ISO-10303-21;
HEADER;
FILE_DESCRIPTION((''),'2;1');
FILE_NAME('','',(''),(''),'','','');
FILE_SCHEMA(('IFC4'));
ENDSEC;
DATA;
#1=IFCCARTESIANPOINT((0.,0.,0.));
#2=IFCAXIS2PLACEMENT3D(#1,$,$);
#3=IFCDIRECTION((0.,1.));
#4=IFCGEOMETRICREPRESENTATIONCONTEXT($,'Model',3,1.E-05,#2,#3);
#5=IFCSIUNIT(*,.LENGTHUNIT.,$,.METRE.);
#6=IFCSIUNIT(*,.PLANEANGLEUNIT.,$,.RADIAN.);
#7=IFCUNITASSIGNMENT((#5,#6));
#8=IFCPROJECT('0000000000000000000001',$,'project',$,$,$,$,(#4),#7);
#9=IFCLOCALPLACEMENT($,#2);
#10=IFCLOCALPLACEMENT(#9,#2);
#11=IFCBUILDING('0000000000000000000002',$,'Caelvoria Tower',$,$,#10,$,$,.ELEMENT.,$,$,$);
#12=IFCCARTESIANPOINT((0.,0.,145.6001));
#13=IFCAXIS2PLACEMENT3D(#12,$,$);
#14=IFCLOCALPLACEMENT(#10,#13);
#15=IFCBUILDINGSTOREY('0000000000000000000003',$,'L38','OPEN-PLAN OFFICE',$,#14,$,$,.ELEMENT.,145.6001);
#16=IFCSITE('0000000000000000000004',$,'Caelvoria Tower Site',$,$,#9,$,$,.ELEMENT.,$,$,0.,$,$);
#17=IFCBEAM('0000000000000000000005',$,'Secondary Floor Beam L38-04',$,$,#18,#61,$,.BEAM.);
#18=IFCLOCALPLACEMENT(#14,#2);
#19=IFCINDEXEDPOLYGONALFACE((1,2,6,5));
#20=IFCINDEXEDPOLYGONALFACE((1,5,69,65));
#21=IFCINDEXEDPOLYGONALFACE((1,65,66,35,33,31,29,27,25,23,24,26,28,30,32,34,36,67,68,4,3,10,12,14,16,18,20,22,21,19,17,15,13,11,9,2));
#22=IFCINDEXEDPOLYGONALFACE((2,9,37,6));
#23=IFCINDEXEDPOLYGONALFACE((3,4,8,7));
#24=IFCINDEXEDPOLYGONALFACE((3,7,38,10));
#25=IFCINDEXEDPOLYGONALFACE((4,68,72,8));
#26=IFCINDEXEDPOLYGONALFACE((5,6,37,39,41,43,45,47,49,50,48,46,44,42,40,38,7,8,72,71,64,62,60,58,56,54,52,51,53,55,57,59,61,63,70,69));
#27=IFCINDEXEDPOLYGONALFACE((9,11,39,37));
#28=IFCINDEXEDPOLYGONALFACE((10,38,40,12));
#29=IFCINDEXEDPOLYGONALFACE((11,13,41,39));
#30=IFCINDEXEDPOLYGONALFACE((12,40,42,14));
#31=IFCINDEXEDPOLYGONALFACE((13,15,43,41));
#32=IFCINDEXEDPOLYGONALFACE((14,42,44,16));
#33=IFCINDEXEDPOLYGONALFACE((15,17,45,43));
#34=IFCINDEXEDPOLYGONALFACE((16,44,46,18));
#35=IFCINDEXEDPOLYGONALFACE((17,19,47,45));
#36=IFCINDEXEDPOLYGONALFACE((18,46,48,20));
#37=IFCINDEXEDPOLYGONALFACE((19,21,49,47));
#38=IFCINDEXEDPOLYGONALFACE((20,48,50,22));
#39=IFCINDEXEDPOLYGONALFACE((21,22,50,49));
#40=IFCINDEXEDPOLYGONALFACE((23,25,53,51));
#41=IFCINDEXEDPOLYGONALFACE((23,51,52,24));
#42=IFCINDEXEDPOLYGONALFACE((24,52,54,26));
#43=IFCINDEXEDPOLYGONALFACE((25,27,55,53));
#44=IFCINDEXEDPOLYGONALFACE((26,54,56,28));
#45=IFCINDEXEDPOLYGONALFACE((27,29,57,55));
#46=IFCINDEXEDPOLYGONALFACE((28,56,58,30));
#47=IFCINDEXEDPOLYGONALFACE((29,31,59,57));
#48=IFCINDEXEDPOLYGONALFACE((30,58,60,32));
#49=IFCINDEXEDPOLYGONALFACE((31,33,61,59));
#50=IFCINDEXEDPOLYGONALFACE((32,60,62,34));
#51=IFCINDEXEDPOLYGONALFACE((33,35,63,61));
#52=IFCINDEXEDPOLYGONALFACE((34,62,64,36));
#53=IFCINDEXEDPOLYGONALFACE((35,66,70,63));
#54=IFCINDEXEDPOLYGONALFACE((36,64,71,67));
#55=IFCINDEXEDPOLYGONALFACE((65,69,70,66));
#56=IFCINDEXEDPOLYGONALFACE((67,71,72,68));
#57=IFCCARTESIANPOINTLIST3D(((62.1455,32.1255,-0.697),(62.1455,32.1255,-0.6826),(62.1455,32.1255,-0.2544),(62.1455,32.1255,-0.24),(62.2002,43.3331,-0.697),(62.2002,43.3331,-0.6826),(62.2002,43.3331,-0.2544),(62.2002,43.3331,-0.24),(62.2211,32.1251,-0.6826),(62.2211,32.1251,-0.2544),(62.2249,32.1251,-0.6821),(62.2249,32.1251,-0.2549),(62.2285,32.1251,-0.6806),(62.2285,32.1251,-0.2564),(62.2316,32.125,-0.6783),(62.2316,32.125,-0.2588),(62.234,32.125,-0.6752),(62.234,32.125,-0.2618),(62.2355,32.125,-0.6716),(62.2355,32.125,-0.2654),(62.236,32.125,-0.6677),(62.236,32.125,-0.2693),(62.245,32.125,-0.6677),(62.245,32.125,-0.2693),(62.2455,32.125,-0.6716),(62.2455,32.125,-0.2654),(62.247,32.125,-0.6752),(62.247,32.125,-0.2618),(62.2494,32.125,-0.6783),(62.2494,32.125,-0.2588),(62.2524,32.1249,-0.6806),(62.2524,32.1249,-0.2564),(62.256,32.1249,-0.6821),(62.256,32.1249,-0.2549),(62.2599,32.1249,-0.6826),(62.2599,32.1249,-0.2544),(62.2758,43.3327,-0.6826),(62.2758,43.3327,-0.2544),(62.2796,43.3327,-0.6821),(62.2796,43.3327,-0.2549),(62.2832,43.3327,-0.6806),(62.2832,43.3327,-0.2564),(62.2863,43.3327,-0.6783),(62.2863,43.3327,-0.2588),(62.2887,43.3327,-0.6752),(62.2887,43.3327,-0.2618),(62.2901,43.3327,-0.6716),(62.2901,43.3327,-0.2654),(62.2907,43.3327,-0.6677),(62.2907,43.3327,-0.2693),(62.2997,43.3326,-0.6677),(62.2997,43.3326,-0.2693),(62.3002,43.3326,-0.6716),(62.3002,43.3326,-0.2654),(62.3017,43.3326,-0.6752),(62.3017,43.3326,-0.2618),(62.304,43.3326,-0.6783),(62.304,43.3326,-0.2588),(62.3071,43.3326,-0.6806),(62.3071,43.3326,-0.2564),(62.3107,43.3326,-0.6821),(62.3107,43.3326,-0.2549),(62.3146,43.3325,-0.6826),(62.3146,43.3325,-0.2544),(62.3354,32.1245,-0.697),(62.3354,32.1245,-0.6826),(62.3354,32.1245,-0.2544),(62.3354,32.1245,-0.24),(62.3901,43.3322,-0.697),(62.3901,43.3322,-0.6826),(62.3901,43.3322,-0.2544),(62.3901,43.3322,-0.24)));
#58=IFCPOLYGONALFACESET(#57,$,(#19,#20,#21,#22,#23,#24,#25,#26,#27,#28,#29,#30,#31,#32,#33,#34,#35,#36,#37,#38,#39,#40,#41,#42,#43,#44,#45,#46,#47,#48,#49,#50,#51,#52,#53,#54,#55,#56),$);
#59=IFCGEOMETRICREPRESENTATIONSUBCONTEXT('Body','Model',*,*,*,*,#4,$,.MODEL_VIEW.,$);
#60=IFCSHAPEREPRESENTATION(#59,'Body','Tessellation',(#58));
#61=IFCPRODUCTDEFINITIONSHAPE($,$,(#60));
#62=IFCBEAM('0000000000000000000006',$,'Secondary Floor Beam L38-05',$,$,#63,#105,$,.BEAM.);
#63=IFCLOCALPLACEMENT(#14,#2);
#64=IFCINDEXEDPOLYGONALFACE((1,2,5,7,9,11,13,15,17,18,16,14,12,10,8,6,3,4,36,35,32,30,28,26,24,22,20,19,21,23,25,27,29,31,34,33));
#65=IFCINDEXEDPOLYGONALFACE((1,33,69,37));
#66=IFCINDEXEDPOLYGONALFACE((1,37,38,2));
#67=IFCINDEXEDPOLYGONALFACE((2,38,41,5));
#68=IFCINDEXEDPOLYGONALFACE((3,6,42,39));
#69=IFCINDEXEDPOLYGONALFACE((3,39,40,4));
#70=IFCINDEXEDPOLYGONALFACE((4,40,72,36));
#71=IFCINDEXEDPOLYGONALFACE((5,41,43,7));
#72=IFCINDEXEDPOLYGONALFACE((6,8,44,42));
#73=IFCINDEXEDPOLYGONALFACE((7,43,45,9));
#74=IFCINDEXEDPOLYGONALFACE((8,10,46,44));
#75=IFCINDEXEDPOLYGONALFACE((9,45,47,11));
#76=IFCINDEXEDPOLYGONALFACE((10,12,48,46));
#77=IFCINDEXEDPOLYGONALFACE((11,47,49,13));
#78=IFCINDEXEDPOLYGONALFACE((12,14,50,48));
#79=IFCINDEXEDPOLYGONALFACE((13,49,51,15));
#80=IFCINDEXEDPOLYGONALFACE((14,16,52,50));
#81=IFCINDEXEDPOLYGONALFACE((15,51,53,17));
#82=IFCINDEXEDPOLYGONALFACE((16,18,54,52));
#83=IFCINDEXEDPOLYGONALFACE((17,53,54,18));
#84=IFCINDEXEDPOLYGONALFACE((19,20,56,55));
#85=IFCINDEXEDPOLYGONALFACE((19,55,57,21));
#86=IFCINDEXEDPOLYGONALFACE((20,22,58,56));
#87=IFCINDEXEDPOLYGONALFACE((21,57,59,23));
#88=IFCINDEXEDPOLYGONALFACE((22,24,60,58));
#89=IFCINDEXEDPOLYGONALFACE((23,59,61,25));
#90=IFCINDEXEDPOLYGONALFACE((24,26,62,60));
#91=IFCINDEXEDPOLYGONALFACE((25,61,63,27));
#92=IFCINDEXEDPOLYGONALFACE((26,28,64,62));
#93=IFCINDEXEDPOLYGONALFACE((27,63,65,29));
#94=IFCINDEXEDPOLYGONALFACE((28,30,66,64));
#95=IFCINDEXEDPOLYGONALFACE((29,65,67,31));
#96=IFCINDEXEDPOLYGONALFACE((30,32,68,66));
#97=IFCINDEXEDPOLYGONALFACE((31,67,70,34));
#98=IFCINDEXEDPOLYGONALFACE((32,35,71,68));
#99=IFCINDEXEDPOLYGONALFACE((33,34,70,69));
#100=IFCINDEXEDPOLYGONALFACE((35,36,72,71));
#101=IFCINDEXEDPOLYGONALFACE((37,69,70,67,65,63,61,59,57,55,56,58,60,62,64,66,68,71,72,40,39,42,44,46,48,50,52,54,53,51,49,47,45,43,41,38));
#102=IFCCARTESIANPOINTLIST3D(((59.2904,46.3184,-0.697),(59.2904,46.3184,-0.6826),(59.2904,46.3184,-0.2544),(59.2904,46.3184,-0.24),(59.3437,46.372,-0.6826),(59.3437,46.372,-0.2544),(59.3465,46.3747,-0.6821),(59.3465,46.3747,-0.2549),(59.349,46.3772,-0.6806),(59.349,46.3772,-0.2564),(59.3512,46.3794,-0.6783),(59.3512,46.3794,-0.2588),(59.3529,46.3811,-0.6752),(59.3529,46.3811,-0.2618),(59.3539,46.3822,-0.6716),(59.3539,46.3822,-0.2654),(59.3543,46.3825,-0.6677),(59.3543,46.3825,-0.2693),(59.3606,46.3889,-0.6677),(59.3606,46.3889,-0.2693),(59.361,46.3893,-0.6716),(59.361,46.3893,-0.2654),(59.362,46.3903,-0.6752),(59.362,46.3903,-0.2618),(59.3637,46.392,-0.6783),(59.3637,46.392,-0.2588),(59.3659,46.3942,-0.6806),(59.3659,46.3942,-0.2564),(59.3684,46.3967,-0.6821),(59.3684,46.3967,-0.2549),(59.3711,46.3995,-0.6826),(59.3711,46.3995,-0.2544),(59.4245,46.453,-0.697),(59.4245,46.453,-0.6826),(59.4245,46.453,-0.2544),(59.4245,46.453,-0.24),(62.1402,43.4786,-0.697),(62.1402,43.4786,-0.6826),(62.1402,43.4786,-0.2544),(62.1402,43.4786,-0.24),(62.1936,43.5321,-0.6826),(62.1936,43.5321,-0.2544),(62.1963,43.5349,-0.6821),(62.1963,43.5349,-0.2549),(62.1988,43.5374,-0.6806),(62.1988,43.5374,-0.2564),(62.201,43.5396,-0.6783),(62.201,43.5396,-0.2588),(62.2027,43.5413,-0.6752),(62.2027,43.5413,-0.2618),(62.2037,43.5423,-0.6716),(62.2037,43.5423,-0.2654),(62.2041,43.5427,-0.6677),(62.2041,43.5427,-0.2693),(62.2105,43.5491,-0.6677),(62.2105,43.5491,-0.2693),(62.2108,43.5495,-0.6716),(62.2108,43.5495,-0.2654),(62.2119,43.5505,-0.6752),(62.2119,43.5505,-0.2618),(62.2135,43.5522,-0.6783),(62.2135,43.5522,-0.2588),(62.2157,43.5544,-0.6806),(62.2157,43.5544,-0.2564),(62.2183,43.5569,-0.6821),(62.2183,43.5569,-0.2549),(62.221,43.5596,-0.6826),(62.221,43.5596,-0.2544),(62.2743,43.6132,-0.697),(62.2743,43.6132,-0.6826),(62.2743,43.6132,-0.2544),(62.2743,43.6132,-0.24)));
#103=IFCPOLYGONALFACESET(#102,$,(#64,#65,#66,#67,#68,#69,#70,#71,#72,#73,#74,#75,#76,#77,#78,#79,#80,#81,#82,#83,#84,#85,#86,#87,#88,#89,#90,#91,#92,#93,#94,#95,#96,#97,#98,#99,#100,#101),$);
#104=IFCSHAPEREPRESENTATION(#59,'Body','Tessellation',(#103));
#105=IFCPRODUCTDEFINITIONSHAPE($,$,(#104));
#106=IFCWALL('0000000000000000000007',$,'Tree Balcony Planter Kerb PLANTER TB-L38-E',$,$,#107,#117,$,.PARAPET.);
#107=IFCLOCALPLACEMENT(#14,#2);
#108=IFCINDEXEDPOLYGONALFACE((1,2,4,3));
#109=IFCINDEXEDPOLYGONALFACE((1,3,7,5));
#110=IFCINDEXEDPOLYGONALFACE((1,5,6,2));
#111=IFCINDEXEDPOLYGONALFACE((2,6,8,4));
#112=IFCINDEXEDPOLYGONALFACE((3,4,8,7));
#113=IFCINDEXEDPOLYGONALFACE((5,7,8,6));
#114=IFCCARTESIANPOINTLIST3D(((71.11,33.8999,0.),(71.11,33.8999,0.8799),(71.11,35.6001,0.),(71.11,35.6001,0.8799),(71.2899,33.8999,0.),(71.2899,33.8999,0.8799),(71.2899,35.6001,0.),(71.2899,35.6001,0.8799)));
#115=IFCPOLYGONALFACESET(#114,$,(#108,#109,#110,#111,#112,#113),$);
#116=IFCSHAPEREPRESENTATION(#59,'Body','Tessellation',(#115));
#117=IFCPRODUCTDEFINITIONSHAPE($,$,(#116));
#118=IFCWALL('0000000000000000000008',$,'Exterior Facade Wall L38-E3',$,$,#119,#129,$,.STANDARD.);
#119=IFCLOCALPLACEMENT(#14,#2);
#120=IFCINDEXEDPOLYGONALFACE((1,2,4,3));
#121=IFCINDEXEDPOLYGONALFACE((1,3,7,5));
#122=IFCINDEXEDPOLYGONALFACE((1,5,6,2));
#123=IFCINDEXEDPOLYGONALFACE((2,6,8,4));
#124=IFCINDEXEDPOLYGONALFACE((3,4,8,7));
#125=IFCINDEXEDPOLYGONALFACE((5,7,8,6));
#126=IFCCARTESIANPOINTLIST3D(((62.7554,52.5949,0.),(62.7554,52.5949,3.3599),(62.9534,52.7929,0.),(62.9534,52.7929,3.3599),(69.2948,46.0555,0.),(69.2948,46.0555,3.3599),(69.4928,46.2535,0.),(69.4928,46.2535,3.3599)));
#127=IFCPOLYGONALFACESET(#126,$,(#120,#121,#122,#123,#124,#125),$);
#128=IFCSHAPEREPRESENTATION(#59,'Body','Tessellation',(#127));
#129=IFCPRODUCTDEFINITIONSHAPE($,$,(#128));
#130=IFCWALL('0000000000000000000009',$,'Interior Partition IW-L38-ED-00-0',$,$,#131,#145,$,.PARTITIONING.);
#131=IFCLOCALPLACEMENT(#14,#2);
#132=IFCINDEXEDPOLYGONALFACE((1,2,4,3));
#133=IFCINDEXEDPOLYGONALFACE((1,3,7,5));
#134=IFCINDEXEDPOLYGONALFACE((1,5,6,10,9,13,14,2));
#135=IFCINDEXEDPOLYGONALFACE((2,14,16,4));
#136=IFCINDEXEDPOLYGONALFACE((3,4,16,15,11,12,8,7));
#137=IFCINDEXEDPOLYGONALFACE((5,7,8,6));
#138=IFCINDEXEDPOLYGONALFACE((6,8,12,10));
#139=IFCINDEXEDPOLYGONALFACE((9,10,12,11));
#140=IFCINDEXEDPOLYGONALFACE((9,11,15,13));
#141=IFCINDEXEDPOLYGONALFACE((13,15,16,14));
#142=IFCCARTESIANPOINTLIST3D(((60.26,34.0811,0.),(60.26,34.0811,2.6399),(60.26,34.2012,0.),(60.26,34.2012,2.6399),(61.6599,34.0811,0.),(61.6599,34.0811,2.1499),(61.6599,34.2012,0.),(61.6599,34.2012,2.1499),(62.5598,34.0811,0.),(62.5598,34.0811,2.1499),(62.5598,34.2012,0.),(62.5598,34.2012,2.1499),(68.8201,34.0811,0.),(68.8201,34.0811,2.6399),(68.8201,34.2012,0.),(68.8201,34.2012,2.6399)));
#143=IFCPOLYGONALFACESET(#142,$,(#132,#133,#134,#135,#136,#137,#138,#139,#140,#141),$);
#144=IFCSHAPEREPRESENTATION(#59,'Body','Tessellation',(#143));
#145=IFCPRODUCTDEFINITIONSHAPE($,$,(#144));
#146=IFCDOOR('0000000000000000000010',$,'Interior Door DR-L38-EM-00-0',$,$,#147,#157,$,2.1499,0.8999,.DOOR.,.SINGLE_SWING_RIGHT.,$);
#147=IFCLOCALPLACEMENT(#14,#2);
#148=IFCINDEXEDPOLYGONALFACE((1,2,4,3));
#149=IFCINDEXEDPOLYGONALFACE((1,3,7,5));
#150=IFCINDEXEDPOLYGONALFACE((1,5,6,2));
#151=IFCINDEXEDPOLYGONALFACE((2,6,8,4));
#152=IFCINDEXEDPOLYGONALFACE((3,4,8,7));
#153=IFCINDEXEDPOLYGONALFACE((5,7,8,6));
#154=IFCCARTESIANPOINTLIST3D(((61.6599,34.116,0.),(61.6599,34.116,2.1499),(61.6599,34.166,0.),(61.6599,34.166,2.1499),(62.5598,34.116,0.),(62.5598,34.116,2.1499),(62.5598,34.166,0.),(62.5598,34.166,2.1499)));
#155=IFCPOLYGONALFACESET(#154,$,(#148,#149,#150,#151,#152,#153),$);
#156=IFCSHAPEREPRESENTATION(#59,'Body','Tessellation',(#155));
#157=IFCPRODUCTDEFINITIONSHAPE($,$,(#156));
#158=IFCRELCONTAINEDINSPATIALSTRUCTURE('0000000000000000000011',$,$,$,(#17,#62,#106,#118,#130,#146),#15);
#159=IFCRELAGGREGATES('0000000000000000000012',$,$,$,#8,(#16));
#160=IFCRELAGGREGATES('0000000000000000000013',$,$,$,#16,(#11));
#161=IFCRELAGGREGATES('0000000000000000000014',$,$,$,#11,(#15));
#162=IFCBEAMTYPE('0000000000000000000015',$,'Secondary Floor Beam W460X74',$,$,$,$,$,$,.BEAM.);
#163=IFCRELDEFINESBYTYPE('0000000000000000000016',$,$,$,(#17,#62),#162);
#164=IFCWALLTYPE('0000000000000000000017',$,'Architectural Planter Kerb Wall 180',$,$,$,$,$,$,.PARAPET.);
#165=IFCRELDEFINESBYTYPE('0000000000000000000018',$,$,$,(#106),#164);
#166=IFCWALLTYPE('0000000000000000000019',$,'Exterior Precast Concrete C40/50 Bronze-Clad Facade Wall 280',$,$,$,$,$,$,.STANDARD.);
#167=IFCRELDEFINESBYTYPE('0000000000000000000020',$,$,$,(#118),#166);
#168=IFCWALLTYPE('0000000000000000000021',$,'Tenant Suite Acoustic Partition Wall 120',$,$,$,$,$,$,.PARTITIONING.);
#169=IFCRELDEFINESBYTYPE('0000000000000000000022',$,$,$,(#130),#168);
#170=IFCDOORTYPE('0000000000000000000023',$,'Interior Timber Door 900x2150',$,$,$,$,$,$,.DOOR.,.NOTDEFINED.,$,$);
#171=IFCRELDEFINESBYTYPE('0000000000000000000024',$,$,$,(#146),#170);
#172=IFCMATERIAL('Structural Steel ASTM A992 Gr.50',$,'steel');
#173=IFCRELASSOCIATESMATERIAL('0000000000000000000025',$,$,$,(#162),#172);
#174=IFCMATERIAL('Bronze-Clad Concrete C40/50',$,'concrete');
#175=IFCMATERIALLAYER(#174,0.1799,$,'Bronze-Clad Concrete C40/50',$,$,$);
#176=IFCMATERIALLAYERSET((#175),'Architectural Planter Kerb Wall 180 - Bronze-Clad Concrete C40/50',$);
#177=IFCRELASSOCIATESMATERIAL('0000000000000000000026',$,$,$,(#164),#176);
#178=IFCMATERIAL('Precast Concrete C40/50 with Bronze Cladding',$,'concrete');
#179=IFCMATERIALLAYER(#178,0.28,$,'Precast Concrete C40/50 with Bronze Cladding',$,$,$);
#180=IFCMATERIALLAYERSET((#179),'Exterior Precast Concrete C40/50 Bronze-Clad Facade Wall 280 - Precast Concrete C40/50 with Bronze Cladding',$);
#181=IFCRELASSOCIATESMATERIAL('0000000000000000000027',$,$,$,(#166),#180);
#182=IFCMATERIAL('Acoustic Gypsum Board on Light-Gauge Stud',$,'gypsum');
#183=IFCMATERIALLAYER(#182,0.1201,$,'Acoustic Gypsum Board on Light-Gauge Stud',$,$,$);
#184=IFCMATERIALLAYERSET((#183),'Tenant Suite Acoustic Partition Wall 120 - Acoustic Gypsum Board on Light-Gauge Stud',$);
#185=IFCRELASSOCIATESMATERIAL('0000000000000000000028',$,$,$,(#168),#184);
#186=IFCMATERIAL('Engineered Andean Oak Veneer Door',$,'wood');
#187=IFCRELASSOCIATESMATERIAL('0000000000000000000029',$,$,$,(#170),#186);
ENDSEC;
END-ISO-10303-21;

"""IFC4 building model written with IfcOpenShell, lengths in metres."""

from ifc_helpers import new_model, si_unit, direction, frame, frame_2d, origin, origin_2d, place, context, subcontext, project, spatial, rectangle, i_section, extrude, material, layer, layer_set, material_profile, profile_set, type_object, element, fill, save


model = new_model("IFC4")

# Units and contexts
model_context = context("Model", 3, precision=1e-05, world=origin(), true_north=direction((0.0, 1.0)))
body_context = subcontext(model_context, "Body", "Model", "MODEL_VIEW")
ifc_project = project(units=[si_unit("LENGTHUNIT", "METRE"), si_unit("PLANEANGLEUNIT", "RADIAN")], contexts=[model_context])

# Site, building, storey
site_placement = place(None, origin())
site = spatial("IfcSite", under=ifc_project, at=site_placement, Name="Caelvoria Tower Site", CompositionType="ELEMENT", RefElevation=0.0)
building_placement = place(site_placement, origin())
building = spatial("IfcBuilding", under=site, at=building_placement, Name="Caelvoria Tower", CompositionType="ELEMENT")
storey_placement = place(building_placement, frame((0.0, 0.0, 145.6001)))
storey = spatial("IfcBuildingStorey", under=building, at=storey_placement, Name="L38", Description="OPEN-PLAN OFFICE", CompositionType="ELEMENT", Elevation=145.6001)

# Beams
ifc_material_1 = material(Name="Structural Steel ASTM A992 Gr.50", Category="steel")
ifc_material_profile = material_profile(ifc_material_1, i_section(OverallWidth=0.1899, OverallDepth=0.457, WebThickness=0.009, FlangeThickness=0.0144, FilletRadius=0.0149, at=origin_2d()), Name="Structural Steel ASTM A992 Gr.50")
ifc_profile_set = profile_set([ifc_material_profile], Name="W460X74 - Structural Steel ASTM A992 Gr.50")
beam_type = type_object("IfcBeamType", Name="Secondary Floor Beam W460X74", PredefinedType="BEAM", material=ifc_profile_set)
beam_1_placement = place(storey_placement, frame((62.2405, 32.125, -0.4685), z_axis=(0.004879, 0.999988, 0.0), x_axis=(-0.999988, 0.004879, 0.0)))
element("IfcBeam", 1, at=beam_1_placement, inside=storey, type_object=beam_type, Name="Secondary Floor Beam L38-04", PredefinedType="BEAM", context=body_context, shape_type="SweptSolid", body=[
    extrude(i_section(OverallWidth=0.1899, OverallDepth=0.457, WebThickness=0.009, FlangeThickness=0.0144, FilletRadius=0.0149, at=origin_2d()), origin(), (0.0, 0.0, 1.0), 11.2078),
])
beam_2_placement = place(storey_placement, frame((62.2073, 43.5459, -0.4685), z_axis=(-0.70835, 0.705862, 0.0), x_axis=(-0.705862, -0.70835, 0.0)))
element("IfcBeam", 2, at=beam_2_placement, inside=storey, type_object=beam_type, Name="Secondary Floor Beam L38-05", PredefinedType="BEAM", context=body_context, shape_type="SweptSolid", body=[
    extrude(i_section(OverallWidth=0.1899, OverallDepth=0.457, WebThickness=0.009, FlangeThickness=0.0144, FilletRadius=0.0149, at=origin_2d()), origin(), (0.0, 0.0, 1.0), 4.0232),
])

# Walls
ifc_material_2 = material(Name="Bronze-Clad Concrete C40/50", Category="concrete")
ifc_layer_1 = layer(ifc_material_2, 0.1799, Name="Bronze-Clad Concrete C40/50")
ifc_layer_set_1 = layer_set([ifc_layer_1], Name="Architectural Planter Kerb Wall 180 - Bronze-Clad Concrete C40/50")
wall_type_1 = type_object("IfcWallType", Name="Architectural Planter Kerb Wall 180", PredefinedType="PARAPET", material=ifc_layer_set_1)
wall_1_placement = place(storey_placement, frame((71.2, 33.8999, 0.0), z_axis=(0.0, 0.0, 1.0), x_axis=(0.0, 1.0, 0.0)))
element("IfcWall", 3, at=wall_1_placement, inside=storey, type_object=wall_type_1, Name="Tree Balcony Planter Kerb PLANTER TB-L38-E", PredefinedType="PARAPET", context=body_context, shape_type="SweptSolid", body=[
    extrude(rectangle(XDim=1.7002, YDim=0.1799, at=frame_2d((0.8501, 0.0))), origin(), (0.0, 0.0, 1.0), 0.8799),
])
ifc_material_3 = material(Name="Precast Concrete C40/50 with Bronze Cladding", Category="concrete")
ifc_layer_2 = layer(ifc_material_3, 0.28, Name="Precast Concrete C40/50 with Bronze Cladding")
ifc_layer_set_2 = layer_set([ifc_layer_2], Name="Exterior Precast Concrete C40/50 Bronze-Clad Facade Wall 280 - Precast Concrete C40/50 with Bronze Cladding")
wall_type_2 = type_object("IfcWallType", Name="Exterior Precast Concrete C40/50 Bronze-Clad Facade Wall 280", PredefinedType="STANDARD", material=ifc_layer_set_2)
wall_2_placement = place(storey_placement, frame((69.3938, 46.1545, 0.0), z_axis=(0.0, 0.0, 1.0), x_axis=(-0.707107, 0.707107, 0.0)))
element("IfcWall", 4, at=wall_2_placement, inside=storey, type_object=wall_type_2, Name="Exterior Facade Wall L38-E3", PredefinedType="STANDARD", context=body_context, shape_type="SweptSolid", body=[
    extrude(rectangle(XDim=9.248, YDim=0.28, at=frame_2d((4.624, 0.0))), origin(), (0.0, 0.0, 1.0), 3.3599),
])

# Wall, opening, door
ifc_material_4 = material(Name="Acoustic Gypsum Board on Light-Gauge Stud", Category="gypsum")
ifc_layer_3 = layer(ifc_material_4, 0.1201, Name="Acoustic Gypsum Board on Light-Gauge Stud")
ifc_layer_set_3 = layer_set([ifc_layer_3], Name="Tenant Suite Acoustic Partition Wall 120 - Acoustic Gypsum Board on Light-Gauge Stud")
wall_type_3 = type_object("IfcWallType", Name="Tenant Suite Acoustic Partition Wall 120", PredefinedType="PARTITIONING", material=ifc_layer_set_3)
wall_3_placement = place(storey_placement, frame((60.26, 34.1411, 0.0), z_axis=(0.0, 0.0, 1.0), x_axis=(1.0, 0.0, 0.0)))
wall_3 = element("IfcWall", 5, at=wall_3_placement, inside=storey, type_object=wall_type_3, Name="Interior Partition IW-L38-ED-00-0", PredefinedType="PARTITIONING", context=body_context, shape_type="SweptSolid", body=[
    extrude(rectangle(XDim=8.5601, YDim=0.1201, at=frame_2d((4.28, 0.0))), origin(), (0.0, 0.0, 1.0), 2.6399),
])
opening_1_placement = place(wall_3_placement, frame((1.3999, 0.0, 0.0)))
opening_1 = element("IfcOpeningElement", 6, at=opening_1_placement, cuts=wall_3, PredefinedType="OPENING", context=body_context, shape_type="SweptSolid", body=[
    extrude(rectangle(XDim=0.8999, YDim=2.1499, at=frame_2d((0.45, 1.075))), frame((0.0, 0.0701, 0.0), z_axis=(0.0, -1.0, 0.0), x_axis=(1.0, 0.0, 0.0)), (0.0, 0.0, 1.0), 0.1401),
])
ifc_material_5 = material(Name="Engineered Andean Oak Veneer Door", Category="wood")
door_type_1 = type_object("IfcDoorType", Name="Interior Timber Door 900x2150", OperationType="NOTDEFINED", PredefinedType="DOOR", material=ifc_material_5)
door_1_placement = place(opening_1_placement, origin())
door_1 = element("IfcDoor", 7, at=door_1_placement, inside=storey, type_object=door_type_1, Name="Interior Door DR-L38-EM-00-0", OperationType="SINGLE_SWING_RIGHT", OverallHeight=2.1499, OverallWidth=0.8999, PredefinedType="DOOR", context=body_context, shape_type="SweptSolid", body=[
    extrude(rectangle(XDim=0.8999, YDim=2.1499, at=frame_2d((0.45, 1.075))), frame((0.0, 0.0249, 0.0), z_axis=(0.0, -1.0, 0.0), x_axis=(1.0, 0.0, 0.0)), (0.0, 0.0, 1.0), 0.05),
])
fill(opening_1, door_1)

save(model, "model.ifc")
